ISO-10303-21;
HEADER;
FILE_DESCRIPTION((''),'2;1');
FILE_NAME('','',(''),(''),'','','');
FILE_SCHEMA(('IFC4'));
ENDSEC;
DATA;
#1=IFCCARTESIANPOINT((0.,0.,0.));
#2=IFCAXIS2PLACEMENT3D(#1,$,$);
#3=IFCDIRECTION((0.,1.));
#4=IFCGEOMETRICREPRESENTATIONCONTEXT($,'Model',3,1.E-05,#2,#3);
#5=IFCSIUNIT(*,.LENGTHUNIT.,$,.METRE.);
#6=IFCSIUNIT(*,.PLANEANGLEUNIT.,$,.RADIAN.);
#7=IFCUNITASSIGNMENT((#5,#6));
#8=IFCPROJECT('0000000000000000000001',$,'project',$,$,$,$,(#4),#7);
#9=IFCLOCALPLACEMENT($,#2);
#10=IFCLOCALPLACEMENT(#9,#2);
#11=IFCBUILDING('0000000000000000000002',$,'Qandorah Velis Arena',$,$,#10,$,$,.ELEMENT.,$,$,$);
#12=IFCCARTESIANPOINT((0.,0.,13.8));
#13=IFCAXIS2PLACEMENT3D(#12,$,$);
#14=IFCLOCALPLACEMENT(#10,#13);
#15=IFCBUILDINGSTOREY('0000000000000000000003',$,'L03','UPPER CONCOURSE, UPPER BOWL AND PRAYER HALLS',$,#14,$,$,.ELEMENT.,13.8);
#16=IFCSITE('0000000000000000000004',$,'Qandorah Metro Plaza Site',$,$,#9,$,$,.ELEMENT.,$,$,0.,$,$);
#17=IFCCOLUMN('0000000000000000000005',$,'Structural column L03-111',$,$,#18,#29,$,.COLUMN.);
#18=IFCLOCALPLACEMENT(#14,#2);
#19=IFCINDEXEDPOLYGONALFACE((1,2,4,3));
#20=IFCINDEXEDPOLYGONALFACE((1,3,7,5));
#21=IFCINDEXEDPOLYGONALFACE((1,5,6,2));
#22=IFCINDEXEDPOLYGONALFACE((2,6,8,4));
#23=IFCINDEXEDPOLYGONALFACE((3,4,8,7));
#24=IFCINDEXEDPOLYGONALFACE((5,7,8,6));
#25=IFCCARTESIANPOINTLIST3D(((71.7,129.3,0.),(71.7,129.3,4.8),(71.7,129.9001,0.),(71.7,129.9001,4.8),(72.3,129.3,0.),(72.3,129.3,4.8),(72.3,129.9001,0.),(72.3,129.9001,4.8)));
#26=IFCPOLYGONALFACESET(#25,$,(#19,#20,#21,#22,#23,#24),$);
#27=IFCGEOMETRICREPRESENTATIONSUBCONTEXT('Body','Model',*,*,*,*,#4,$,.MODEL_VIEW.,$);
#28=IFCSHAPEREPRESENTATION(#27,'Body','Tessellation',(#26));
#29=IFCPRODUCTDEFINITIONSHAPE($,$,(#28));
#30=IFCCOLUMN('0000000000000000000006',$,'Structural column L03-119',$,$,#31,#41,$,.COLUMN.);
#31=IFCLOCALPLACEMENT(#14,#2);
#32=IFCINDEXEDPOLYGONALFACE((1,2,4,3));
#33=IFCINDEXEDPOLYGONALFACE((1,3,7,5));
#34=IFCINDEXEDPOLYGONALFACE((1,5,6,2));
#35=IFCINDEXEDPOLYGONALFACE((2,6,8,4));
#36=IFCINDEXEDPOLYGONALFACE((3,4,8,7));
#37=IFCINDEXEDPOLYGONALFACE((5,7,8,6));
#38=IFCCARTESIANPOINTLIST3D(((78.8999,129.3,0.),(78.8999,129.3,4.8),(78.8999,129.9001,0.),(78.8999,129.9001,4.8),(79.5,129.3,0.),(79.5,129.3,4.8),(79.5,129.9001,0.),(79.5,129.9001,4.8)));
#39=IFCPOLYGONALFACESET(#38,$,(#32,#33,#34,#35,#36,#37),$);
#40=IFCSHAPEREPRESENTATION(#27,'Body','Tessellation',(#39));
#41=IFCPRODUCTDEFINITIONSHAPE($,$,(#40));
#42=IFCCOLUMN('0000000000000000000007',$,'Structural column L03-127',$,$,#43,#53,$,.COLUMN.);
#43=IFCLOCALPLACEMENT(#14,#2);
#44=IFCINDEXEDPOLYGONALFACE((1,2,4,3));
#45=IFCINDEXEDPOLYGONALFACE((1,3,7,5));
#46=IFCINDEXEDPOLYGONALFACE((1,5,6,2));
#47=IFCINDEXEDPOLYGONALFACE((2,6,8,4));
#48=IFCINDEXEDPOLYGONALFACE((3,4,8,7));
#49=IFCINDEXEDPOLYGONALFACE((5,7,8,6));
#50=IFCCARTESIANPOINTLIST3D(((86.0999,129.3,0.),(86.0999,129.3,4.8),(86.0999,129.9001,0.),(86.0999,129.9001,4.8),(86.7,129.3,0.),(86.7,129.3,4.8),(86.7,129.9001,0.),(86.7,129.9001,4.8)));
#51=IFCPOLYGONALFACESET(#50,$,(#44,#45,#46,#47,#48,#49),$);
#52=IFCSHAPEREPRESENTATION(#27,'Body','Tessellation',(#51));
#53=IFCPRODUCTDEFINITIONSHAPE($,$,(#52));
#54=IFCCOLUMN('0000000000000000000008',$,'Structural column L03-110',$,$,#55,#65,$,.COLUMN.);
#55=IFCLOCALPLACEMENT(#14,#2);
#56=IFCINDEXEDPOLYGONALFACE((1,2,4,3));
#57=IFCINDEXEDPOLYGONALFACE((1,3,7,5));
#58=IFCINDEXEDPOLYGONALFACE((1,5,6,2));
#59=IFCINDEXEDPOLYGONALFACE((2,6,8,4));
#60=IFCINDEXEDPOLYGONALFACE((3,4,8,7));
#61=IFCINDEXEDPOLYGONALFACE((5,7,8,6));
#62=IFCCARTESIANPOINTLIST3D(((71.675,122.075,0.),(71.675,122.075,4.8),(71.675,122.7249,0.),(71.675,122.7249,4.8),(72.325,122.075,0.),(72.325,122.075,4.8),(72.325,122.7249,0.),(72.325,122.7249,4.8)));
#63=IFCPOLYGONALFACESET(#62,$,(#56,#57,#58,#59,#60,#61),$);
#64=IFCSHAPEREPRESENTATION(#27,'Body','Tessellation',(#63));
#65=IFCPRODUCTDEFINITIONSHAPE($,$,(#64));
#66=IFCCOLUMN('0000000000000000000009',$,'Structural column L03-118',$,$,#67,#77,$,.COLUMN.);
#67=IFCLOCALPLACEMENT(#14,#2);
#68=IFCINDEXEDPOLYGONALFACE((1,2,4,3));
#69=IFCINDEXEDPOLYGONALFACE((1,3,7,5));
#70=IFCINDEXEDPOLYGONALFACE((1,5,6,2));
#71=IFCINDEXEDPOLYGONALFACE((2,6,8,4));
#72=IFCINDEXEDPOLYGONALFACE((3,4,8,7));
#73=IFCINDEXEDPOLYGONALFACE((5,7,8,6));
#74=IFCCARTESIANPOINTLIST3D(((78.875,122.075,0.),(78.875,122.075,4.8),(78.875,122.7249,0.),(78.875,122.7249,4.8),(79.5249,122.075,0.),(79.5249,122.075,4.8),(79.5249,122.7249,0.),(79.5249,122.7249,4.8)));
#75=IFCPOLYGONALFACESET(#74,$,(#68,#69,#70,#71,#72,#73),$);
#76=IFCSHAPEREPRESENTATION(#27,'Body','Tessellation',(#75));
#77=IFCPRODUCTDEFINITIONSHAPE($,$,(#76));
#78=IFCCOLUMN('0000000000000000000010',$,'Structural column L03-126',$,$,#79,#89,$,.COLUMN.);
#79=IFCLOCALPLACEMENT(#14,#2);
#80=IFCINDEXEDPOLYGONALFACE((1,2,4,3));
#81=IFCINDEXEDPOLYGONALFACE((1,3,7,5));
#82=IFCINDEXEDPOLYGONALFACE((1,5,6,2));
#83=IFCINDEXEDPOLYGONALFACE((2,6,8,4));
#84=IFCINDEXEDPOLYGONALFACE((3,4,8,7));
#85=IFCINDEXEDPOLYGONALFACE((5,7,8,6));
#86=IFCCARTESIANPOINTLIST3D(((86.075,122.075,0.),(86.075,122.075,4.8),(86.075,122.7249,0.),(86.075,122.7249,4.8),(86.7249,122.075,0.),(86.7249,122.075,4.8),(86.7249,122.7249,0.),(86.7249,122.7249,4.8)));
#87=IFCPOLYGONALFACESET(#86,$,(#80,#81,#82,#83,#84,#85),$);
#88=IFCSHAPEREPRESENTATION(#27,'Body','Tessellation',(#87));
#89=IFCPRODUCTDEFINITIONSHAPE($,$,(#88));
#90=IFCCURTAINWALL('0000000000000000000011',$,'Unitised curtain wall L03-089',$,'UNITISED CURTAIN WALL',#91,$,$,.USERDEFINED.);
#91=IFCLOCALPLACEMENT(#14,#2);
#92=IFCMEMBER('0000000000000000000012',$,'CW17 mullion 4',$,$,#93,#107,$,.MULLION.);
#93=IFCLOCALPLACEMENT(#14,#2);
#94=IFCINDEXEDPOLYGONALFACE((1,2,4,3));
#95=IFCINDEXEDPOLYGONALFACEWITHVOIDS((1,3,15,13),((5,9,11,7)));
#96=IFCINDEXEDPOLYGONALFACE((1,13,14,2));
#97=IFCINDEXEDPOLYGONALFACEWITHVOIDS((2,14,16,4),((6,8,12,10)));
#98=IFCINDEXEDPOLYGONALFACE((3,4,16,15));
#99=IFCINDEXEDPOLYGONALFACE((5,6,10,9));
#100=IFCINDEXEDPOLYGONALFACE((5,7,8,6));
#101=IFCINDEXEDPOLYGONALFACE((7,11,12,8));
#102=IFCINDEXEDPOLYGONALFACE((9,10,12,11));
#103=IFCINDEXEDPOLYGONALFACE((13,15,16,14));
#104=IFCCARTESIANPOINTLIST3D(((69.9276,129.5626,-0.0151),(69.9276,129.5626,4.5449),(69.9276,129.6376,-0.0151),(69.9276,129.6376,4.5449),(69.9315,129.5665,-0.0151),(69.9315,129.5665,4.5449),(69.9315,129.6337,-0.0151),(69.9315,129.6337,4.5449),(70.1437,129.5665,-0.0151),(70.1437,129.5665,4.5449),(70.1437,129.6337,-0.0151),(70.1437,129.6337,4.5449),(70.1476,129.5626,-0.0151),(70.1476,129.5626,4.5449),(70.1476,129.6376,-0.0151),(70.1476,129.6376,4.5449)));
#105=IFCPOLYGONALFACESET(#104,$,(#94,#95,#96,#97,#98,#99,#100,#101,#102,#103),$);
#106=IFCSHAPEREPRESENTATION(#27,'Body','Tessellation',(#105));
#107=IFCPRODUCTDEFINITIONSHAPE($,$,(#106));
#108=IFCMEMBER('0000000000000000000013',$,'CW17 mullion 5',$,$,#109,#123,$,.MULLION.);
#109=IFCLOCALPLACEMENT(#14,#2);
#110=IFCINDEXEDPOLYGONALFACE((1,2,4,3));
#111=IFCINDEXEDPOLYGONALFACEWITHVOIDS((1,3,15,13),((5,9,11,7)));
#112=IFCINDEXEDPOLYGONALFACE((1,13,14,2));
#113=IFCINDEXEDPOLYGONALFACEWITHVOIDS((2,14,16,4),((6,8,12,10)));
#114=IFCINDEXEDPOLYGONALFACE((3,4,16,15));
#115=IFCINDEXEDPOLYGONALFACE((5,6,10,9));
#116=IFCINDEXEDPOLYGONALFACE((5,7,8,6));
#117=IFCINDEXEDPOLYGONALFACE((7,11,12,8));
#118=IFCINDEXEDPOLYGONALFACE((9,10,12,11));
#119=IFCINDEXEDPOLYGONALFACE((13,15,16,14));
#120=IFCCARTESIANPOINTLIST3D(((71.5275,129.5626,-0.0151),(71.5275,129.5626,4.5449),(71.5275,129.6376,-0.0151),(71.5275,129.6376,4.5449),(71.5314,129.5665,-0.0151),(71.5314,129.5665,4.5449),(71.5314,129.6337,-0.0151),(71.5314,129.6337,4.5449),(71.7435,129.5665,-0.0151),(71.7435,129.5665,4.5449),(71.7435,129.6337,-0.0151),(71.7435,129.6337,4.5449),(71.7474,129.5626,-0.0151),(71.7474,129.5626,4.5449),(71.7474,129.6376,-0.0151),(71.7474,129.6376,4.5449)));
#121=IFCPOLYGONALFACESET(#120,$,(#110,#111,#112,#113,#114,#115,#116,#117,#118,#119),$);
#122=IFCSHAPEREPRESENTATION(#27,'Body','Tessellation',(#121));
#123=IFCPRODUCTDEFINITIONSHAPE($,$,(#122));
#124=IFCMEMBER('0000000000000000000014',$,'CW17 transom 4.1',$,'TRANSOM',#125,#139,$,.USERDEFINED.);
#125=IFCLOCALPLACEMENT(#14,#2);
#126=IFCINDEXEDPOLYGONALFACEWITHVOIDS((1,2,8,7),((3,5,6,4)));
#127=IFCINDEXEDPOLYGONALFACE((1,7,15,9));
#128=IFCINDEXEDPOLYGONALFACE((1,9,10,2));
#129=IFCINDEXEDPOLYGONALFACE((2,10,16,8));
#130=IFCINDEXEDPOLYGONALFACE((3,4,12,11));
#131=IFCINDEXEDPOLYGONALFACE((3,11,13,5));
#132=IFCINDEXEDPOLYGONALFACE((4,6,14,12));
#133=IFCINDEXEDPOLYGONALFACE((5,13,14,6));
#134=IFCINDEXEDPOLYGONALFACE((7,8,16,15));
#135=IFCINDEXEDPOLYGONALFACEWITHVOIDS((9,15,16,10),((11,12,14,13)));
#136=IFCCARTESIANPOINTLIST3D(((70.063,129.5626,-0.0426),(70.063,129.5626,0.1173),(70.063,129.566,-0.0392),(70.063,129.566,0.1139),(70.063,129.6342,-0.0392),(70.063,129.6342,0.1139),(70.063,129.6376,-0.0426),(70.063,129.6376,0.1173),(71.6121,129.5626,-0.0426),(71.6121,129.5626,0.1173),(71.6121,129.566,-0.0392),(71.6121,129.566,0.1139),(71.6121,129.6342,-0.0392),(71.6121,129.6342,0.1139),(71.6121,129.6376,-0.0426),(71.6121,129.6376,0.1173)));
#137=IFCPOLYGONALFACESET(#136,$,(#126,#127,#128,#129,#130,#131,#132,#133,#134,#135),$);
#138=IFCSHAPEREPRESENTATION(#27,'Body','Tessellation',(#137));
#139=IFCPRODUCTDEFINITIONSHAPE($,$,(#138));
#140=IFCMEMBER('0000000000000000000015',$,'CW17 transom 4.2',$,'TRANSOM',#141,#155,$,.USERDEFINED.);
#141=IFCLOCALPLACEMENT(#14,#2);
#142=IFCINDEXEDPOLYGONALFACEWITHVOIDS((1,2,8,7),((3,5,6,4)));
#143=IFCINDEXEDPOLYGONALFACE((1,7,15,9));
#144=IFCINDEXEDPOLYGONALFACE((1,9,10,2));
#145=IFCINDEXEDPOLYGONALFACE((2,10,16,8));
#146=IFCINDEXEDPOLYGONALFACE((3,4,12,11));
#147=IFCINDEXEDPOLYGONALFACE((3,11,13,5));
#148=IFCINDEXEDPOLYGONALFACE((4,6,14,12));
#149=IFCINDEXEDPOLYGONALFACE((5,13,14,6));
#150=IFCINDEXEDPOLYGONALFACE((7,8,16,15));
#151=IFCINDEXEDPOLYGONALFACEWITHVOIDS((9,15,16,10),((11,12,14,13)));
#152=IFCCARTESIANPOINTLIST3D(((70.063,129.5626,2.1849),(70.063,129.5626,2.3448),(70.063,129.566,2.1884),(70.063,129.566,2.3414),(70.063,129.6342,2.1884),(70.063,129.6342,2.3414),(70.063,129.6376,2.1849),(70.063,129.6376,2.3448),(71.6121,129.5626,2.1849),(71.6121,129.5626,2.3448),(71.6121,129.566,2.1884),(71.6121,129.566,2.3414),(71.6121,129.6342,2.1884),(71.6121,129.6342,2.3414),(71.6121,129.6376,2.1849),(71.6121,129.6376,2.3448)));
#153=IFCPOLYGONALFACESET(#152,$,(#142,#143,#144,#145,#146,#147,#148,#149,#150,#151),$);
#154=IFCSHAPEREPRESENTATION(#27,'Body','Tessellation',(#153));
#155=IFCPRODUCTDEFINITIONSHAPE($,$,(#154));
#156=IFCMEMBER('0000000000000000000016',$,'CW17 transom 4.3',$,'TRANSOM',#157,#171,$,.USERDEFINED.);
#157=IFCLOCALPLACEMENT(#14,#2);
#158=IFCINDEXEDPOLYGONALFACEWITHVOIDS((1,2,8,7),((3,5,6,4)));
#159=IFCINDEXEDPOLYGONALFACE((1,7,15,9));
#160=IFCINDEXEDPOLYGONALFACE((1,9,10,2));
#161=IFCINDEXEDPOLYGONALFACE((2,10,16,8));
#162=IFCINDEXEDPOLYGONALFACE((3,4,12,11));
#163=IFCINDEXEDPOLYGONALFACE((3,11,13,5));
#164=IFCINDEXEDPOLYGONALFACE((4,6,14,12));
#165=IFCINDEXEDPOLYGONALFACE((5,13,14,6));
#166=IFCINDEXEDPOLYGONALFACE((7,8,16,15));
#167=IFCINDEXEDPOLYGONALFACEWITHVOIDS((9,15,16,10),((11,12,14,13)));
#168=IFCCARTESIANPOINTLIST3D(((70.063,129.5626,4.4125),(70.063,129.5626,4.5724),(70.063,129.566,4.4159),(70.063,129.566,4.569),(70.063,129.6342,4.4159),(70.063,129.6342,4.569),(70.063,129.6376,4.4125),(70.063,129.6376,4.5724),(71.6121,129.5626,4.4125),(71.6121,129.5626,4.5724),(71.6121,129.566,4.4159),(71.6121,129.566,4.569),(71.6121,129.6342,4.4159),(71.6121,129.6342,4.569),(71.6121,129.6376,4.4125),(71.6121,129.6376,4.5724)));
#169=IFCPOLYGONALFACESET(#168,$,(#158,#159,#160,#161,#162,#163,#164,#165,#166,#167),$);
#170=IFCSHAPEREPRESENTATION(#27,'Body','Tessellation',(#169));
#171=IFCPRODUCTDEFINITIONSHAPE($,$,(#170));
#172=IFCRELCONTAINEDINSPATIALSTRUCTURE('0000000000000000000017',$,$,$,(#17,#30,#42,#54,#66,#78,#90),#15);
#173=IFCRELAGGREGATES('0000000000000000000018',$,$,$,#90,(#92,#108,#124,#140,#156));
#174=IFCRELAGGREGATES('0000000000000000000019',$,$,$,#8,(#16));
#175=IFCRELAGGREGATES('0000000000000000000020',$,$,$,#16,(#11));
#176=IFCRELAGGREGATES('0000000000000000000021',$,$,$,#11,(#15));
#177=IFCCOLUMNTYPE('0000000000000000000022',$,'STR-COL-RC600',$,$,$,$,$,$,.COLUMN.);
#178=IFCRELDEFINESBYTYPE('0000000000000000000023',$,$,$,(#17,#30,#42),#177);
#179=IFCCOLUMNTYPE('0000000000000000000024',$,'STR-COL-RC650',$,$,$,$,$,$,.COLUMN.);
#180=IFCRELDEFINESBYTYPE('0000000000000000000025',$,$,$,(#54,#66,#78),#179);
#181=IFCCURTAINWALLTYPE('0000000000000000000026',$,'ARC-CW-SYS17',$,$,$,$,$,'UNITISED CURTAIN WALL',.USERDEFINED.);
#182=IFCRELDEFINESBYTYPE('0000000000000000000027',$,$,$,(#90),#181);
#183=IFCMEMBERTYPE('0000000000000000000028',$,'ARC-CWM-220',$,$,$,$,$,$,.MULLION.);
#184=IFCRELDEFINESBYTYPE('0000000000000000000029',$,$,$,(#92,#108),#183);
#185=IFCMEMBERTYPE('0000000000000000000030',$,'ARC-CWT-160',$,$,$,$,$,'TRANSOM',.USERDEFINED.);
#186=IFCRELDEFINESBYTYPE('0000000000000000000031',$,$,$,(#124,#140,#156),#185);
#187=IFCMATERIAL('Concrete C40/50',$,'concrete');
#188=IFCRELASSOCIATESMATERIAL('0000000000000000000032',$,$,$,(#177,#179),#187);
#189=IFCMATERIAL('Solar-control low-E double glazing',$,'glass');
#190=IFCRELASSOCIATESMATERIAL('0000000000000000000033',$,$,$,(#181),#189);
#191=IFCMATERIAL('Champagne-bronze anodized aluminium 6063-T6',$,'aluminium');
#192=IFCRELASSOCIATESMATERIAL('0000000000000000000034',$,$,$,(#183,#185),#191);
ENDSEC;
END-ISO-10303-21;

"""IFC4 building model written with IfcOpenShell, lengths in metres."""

from ifc_helpers import new_model, si_unit, direction, frame, origin, origin_2d, place, context, subcontext, project, spatial, rectangle, hollow_rectangle, extrude, material, material_profile, profile_set, type_object, element, aggregate, save


model = new_model("IFC4")

# Units and contexts
model_context = context("Model", 3, precision=1e-05, world=origin(), true_north=direction((0.0, 1.0)))
body_context = subcontext(model_context, "Body", "Model", "MODEL_VIEW")
ifc_project = project(units=[si_unit("LENGTHUNIT", "METRE"), si_unit("PLANEANGLEUNIT", "RADIAN")], contexts=[model_context])

# Site, building, storey
site_placement = place(None, origin())
site = spatial("IfcSite", under=ifc_project, at=site_placement, Name="Qandorah Metro Plaza Site", CompositionType="ELEMENT", RefElevation=0.0)
building_placement = place(site_placement, origin())
building = spatial("IfcBuilding", under=site, at=building_placement, Name="Qandorah Velis Arena", CompositionType="ELEMENT")
storey_placement = place(building_placement, frame((0.0, 0.0, 13.8)))
storey = spatial("IfcBuildingStorey", under=building, at=storey_placement, Name="L03", Description="UPPER CONCOURSE, UPPER BOWL AND PRAYER HALLS", CompositionType="ELEMENT", Elevation=13.8)

# Columns
ifc_material_1 = material(Name="Concrete C40/50", Category="concrete")
ifc_material_profile_1 = material_profile(ifc_material_1, rectangle(XDim=0.6001, YDim=0.6001, at=origin_2d()), Name="RC COL 600x600")
ifc_profile_set_1 = profile_set([ifc_material_profile_1], Name="Concrete C40/50")
column_type_1 = type_object("IfcColumnType", Name="STR-COL-RC600", PredefinedType="COLUMN", material=ifc_profile_set_1)
for number, where, z_axis, x_axis, name in (
    (1, (72.0, 129.6001, 0.0), (0.0, 0.0, 1.0), (1.0, 0.0, 0.0), "Structural column L03-111"),
    (2, (79.2, 129.6001, 0.0), (0.0, 0.0, 1.0), (1.0, 0.0, 0.0), "Structural column L03-119"),
    (3, (86.3999, 129.6001, 0.0), (0.0, 0.0, 1.0), (1.0, 0.0, 0.0), "Structural column L03-127"),
):
    element("IfcColumn", number, at=place(storey_placement, frame(where, z_axis=z_axis, x_axis=x_axis)), inside=storey, type_object=column_type_1, Name=name, PredefinedType="COLUMN", context=body_context, shape_type="SweptSolid", body=[
        extrude(rectangle(XDim=0.6001, YDim=0.6001, at=origin_2d()), origin(), (0.0, 0.0, 1.0), 4.8),
    ])
ifc_material_profile_2 = material_profile(ifc_material_1, rectangle(XDim=0.6499, YDim=0.6499, at=origin_2d()), Name="RC COL 650x650")
ifc_profile_set_2 = profile_set([ifc_material_profile_2], Name="Concrete C40/50")
column_type_2 = type_object("IfcColumnType", Name="STR-COL-RC650", PredefinedType="COLUMN", material=ifc_profile_set_2)
for number, where, z_axis, x_axis, name in (
    (4, (72.0, 122.3999, 0.0), (0.0, 0.0, 1.0), (1.0, 0.0, 0.0), "Structural column L03-110"),
    (5, (79.2, 122.3999, 0.0), (0.0, 0.0, 1.0), (1.0, 0.0, 0.0), "Structural column L03-118"),
    (6, (86.3999, 122.3999, 0.0), (0.0, 0.0, 1.0), (1.0, 0.0, 0.0), "Structural column L03-126"),
):
    element("IfcColumn", number, at=place(storey_placement, frame(where, z_axis=z_axis, x_axis=x_axis)), inside=storey, type_object=column_type_2, Name=name, PredefinedType="COLUMN", context=body_context, shape_type="SweptSolid", body=[
        extrude(rectangle(XDim=0.6499, YDim=0.6499, at=origin_2d()), origin(), (0.0, 0.0, 1.0), 4.8),
    ])

# Curtain wall, members
ifc_material_2 = material(Name="Solar-control low-E double glazing", Category="glass")
curtain_wall_type = type_object("IfcCurtainWallType", Name="ARC-CW-SYS17", ElementType="UNITISED CURTAIN WALL", PredefinedType="USERDEFINED", material=ifc_material_2)
curtain_wall_placement = place(storey_placement, origin())
curtain_wall = element("IfcCurtainWall", 7, at=curtain_wall_placement, inside=storey, type_object=curtain_wall_type, Name="Unitised curtain wall L03-089", ObjectType="UNITISED CURTAIN WALL", PredefinedType="USERDEFINED")
ifc_material_3 = material(Name="Champagne-bronze anodized aluminium 6063-T6", Category="aluminium")
ifc_material_profile_3 = material_profile(ifc_material_3, hollow_rectangle(XDim=0.075, YDim=0.22, WallThickness=0.0039, at=origin_2d()), Name="ALU MULLION 75x220")
ifc_profile_set_3 = profile_set([ifc_material_profile_3], Name="Champagne-bronze anodized aluminium 6063-T6")
member_type_1 = type_object("IfcMemberType", Name="ARC-CWM-220", PredefinedType="MULLION", material=ifc_profile_set_3)
member_1_placement = place(storey_placement, frame((70.0376, 129.6001, -0.0151), z_axis=(0.0, 0.0, 1.0), x_axis=(0.0, 1.0, 0.0)))
member_1 = element("IfcMember", 8, at=member_1_placement, type_object=member_type_1, Name="CW17 mullion 4", PredefinedType="MULLION", context=body_context, shape_type="SweptSolid", body=[
    extrude(hollow_rectangle(XDim=0.075, YDim=0.22, WallThickness=0.0039, at=origin_2d()), origin(), (0.0, 0.0, 1.0), 4.5601),
])
member_2_placement = place(storey_placement, frame((71.6375, 129.6001, -0.0151), z_axis=(0.0, 0.0, 1.0), x_axis=(0.0, 1.0, 0.0)))
member_2 = element("IfcMember", 9, at=member_2_placement, type_object=member_type_1, Name="CW17 mullion 5", PredefinedType="MULLION", context=body_context, shape_type="SweptSolid", body=[
    extrude(hollow_rectangle(XDim=0.075, YDim=0.22, WallThickness=0.0039, at=origin_2d()), origin(), (0.0, 0.0, 1.0), 4.5601),
])
ifc_material_profile_4 = material_profile(ifc_material_3, hollow_rectangle(XDim=0.075, YDim=0.1599, WallThickness=0.0034, at=origin_2d()), Name="ALU TRANSOM 75x160")
ifc_profile_set_4 = profile_set([ifc_material_profile_4], Name="Champagne-bronze anodized aluminium 6063-T6")
member_type_2 = type_object("IfcMemberType", Name="ARC-CWT-160", ElementType="TRANSOM", PredefinedType="USERDEFINED", material=ifc_profile_set_4)
member_3_placement = place(storey_placement, frame((70.063, 129.6001, 0.0374), z_axis=(1.0, 0.0, 0.0), x_axis=(0.0, 1.0, 0.0)))
member_3 = element("IfcMember", 10, at=member_3_placement, type_object=member_type_2, Name="CW17 transom 4.1", ObjectType="TRANSOM", PredefinedType="USERDEFINED", context=body_context, shape_type="SweptSolid", body=[
    extrude(hollow_rectangle(XDim=0.075, YDim=0.1599, WallThickness=0.0034, at=origin_2d()), origin(), (0.0, 0.0, 1.0), 1.5491),
])
member_4_placement = place(storey_placement, frame((70.063, 129.6001, 2.2649), z_axis=(1.0, 0.0, 0.0), x_axis=(0.0, 1.0, 0.0)))
member_4 = element("IfcMember", 11, at=member_4_placement, type_object=member_type_2, Name="CW17 transom 4.2", ObjectType="TRANSOM", PredefinedType="USERDEFINED", context=body_context, shape_type="SweptSolid", body=[
    extrude(hollow_rectangle(XDim=0.075, YDim=0.1599, WallThickness=0.0034, at=origin_2d()), origin(), (0.0, 0.0, 1.0), 1.5491),
])
member_5_placement = place(storey_placement, frame((70.063, 129.6001, 4.4924), z_axis=(1.0, 0.0, 0.0), x_axis=(0.0, 1.0, 0.0)))
member_5 = element("IfcMember", 12, at=member_5_placement, type_object=member_type_2, Name="CW17 transom 4.3", ObjectType="TRANSOM", PredefinedType="USERDEFINED", context=body_context, shape_type="SweptSolid", body=[
    extrude(hollow_rectangle(XDim=0.075, YDim=0.1599, WallThickness=0.0034, at=origin_2d()), origin(), (0.0, 0.0, 1.0), 1.5491),
])

aggregate(curtain_wall, [member_1, member_2, member_3, member_4, member_5])

save(model, "model.ifc")
